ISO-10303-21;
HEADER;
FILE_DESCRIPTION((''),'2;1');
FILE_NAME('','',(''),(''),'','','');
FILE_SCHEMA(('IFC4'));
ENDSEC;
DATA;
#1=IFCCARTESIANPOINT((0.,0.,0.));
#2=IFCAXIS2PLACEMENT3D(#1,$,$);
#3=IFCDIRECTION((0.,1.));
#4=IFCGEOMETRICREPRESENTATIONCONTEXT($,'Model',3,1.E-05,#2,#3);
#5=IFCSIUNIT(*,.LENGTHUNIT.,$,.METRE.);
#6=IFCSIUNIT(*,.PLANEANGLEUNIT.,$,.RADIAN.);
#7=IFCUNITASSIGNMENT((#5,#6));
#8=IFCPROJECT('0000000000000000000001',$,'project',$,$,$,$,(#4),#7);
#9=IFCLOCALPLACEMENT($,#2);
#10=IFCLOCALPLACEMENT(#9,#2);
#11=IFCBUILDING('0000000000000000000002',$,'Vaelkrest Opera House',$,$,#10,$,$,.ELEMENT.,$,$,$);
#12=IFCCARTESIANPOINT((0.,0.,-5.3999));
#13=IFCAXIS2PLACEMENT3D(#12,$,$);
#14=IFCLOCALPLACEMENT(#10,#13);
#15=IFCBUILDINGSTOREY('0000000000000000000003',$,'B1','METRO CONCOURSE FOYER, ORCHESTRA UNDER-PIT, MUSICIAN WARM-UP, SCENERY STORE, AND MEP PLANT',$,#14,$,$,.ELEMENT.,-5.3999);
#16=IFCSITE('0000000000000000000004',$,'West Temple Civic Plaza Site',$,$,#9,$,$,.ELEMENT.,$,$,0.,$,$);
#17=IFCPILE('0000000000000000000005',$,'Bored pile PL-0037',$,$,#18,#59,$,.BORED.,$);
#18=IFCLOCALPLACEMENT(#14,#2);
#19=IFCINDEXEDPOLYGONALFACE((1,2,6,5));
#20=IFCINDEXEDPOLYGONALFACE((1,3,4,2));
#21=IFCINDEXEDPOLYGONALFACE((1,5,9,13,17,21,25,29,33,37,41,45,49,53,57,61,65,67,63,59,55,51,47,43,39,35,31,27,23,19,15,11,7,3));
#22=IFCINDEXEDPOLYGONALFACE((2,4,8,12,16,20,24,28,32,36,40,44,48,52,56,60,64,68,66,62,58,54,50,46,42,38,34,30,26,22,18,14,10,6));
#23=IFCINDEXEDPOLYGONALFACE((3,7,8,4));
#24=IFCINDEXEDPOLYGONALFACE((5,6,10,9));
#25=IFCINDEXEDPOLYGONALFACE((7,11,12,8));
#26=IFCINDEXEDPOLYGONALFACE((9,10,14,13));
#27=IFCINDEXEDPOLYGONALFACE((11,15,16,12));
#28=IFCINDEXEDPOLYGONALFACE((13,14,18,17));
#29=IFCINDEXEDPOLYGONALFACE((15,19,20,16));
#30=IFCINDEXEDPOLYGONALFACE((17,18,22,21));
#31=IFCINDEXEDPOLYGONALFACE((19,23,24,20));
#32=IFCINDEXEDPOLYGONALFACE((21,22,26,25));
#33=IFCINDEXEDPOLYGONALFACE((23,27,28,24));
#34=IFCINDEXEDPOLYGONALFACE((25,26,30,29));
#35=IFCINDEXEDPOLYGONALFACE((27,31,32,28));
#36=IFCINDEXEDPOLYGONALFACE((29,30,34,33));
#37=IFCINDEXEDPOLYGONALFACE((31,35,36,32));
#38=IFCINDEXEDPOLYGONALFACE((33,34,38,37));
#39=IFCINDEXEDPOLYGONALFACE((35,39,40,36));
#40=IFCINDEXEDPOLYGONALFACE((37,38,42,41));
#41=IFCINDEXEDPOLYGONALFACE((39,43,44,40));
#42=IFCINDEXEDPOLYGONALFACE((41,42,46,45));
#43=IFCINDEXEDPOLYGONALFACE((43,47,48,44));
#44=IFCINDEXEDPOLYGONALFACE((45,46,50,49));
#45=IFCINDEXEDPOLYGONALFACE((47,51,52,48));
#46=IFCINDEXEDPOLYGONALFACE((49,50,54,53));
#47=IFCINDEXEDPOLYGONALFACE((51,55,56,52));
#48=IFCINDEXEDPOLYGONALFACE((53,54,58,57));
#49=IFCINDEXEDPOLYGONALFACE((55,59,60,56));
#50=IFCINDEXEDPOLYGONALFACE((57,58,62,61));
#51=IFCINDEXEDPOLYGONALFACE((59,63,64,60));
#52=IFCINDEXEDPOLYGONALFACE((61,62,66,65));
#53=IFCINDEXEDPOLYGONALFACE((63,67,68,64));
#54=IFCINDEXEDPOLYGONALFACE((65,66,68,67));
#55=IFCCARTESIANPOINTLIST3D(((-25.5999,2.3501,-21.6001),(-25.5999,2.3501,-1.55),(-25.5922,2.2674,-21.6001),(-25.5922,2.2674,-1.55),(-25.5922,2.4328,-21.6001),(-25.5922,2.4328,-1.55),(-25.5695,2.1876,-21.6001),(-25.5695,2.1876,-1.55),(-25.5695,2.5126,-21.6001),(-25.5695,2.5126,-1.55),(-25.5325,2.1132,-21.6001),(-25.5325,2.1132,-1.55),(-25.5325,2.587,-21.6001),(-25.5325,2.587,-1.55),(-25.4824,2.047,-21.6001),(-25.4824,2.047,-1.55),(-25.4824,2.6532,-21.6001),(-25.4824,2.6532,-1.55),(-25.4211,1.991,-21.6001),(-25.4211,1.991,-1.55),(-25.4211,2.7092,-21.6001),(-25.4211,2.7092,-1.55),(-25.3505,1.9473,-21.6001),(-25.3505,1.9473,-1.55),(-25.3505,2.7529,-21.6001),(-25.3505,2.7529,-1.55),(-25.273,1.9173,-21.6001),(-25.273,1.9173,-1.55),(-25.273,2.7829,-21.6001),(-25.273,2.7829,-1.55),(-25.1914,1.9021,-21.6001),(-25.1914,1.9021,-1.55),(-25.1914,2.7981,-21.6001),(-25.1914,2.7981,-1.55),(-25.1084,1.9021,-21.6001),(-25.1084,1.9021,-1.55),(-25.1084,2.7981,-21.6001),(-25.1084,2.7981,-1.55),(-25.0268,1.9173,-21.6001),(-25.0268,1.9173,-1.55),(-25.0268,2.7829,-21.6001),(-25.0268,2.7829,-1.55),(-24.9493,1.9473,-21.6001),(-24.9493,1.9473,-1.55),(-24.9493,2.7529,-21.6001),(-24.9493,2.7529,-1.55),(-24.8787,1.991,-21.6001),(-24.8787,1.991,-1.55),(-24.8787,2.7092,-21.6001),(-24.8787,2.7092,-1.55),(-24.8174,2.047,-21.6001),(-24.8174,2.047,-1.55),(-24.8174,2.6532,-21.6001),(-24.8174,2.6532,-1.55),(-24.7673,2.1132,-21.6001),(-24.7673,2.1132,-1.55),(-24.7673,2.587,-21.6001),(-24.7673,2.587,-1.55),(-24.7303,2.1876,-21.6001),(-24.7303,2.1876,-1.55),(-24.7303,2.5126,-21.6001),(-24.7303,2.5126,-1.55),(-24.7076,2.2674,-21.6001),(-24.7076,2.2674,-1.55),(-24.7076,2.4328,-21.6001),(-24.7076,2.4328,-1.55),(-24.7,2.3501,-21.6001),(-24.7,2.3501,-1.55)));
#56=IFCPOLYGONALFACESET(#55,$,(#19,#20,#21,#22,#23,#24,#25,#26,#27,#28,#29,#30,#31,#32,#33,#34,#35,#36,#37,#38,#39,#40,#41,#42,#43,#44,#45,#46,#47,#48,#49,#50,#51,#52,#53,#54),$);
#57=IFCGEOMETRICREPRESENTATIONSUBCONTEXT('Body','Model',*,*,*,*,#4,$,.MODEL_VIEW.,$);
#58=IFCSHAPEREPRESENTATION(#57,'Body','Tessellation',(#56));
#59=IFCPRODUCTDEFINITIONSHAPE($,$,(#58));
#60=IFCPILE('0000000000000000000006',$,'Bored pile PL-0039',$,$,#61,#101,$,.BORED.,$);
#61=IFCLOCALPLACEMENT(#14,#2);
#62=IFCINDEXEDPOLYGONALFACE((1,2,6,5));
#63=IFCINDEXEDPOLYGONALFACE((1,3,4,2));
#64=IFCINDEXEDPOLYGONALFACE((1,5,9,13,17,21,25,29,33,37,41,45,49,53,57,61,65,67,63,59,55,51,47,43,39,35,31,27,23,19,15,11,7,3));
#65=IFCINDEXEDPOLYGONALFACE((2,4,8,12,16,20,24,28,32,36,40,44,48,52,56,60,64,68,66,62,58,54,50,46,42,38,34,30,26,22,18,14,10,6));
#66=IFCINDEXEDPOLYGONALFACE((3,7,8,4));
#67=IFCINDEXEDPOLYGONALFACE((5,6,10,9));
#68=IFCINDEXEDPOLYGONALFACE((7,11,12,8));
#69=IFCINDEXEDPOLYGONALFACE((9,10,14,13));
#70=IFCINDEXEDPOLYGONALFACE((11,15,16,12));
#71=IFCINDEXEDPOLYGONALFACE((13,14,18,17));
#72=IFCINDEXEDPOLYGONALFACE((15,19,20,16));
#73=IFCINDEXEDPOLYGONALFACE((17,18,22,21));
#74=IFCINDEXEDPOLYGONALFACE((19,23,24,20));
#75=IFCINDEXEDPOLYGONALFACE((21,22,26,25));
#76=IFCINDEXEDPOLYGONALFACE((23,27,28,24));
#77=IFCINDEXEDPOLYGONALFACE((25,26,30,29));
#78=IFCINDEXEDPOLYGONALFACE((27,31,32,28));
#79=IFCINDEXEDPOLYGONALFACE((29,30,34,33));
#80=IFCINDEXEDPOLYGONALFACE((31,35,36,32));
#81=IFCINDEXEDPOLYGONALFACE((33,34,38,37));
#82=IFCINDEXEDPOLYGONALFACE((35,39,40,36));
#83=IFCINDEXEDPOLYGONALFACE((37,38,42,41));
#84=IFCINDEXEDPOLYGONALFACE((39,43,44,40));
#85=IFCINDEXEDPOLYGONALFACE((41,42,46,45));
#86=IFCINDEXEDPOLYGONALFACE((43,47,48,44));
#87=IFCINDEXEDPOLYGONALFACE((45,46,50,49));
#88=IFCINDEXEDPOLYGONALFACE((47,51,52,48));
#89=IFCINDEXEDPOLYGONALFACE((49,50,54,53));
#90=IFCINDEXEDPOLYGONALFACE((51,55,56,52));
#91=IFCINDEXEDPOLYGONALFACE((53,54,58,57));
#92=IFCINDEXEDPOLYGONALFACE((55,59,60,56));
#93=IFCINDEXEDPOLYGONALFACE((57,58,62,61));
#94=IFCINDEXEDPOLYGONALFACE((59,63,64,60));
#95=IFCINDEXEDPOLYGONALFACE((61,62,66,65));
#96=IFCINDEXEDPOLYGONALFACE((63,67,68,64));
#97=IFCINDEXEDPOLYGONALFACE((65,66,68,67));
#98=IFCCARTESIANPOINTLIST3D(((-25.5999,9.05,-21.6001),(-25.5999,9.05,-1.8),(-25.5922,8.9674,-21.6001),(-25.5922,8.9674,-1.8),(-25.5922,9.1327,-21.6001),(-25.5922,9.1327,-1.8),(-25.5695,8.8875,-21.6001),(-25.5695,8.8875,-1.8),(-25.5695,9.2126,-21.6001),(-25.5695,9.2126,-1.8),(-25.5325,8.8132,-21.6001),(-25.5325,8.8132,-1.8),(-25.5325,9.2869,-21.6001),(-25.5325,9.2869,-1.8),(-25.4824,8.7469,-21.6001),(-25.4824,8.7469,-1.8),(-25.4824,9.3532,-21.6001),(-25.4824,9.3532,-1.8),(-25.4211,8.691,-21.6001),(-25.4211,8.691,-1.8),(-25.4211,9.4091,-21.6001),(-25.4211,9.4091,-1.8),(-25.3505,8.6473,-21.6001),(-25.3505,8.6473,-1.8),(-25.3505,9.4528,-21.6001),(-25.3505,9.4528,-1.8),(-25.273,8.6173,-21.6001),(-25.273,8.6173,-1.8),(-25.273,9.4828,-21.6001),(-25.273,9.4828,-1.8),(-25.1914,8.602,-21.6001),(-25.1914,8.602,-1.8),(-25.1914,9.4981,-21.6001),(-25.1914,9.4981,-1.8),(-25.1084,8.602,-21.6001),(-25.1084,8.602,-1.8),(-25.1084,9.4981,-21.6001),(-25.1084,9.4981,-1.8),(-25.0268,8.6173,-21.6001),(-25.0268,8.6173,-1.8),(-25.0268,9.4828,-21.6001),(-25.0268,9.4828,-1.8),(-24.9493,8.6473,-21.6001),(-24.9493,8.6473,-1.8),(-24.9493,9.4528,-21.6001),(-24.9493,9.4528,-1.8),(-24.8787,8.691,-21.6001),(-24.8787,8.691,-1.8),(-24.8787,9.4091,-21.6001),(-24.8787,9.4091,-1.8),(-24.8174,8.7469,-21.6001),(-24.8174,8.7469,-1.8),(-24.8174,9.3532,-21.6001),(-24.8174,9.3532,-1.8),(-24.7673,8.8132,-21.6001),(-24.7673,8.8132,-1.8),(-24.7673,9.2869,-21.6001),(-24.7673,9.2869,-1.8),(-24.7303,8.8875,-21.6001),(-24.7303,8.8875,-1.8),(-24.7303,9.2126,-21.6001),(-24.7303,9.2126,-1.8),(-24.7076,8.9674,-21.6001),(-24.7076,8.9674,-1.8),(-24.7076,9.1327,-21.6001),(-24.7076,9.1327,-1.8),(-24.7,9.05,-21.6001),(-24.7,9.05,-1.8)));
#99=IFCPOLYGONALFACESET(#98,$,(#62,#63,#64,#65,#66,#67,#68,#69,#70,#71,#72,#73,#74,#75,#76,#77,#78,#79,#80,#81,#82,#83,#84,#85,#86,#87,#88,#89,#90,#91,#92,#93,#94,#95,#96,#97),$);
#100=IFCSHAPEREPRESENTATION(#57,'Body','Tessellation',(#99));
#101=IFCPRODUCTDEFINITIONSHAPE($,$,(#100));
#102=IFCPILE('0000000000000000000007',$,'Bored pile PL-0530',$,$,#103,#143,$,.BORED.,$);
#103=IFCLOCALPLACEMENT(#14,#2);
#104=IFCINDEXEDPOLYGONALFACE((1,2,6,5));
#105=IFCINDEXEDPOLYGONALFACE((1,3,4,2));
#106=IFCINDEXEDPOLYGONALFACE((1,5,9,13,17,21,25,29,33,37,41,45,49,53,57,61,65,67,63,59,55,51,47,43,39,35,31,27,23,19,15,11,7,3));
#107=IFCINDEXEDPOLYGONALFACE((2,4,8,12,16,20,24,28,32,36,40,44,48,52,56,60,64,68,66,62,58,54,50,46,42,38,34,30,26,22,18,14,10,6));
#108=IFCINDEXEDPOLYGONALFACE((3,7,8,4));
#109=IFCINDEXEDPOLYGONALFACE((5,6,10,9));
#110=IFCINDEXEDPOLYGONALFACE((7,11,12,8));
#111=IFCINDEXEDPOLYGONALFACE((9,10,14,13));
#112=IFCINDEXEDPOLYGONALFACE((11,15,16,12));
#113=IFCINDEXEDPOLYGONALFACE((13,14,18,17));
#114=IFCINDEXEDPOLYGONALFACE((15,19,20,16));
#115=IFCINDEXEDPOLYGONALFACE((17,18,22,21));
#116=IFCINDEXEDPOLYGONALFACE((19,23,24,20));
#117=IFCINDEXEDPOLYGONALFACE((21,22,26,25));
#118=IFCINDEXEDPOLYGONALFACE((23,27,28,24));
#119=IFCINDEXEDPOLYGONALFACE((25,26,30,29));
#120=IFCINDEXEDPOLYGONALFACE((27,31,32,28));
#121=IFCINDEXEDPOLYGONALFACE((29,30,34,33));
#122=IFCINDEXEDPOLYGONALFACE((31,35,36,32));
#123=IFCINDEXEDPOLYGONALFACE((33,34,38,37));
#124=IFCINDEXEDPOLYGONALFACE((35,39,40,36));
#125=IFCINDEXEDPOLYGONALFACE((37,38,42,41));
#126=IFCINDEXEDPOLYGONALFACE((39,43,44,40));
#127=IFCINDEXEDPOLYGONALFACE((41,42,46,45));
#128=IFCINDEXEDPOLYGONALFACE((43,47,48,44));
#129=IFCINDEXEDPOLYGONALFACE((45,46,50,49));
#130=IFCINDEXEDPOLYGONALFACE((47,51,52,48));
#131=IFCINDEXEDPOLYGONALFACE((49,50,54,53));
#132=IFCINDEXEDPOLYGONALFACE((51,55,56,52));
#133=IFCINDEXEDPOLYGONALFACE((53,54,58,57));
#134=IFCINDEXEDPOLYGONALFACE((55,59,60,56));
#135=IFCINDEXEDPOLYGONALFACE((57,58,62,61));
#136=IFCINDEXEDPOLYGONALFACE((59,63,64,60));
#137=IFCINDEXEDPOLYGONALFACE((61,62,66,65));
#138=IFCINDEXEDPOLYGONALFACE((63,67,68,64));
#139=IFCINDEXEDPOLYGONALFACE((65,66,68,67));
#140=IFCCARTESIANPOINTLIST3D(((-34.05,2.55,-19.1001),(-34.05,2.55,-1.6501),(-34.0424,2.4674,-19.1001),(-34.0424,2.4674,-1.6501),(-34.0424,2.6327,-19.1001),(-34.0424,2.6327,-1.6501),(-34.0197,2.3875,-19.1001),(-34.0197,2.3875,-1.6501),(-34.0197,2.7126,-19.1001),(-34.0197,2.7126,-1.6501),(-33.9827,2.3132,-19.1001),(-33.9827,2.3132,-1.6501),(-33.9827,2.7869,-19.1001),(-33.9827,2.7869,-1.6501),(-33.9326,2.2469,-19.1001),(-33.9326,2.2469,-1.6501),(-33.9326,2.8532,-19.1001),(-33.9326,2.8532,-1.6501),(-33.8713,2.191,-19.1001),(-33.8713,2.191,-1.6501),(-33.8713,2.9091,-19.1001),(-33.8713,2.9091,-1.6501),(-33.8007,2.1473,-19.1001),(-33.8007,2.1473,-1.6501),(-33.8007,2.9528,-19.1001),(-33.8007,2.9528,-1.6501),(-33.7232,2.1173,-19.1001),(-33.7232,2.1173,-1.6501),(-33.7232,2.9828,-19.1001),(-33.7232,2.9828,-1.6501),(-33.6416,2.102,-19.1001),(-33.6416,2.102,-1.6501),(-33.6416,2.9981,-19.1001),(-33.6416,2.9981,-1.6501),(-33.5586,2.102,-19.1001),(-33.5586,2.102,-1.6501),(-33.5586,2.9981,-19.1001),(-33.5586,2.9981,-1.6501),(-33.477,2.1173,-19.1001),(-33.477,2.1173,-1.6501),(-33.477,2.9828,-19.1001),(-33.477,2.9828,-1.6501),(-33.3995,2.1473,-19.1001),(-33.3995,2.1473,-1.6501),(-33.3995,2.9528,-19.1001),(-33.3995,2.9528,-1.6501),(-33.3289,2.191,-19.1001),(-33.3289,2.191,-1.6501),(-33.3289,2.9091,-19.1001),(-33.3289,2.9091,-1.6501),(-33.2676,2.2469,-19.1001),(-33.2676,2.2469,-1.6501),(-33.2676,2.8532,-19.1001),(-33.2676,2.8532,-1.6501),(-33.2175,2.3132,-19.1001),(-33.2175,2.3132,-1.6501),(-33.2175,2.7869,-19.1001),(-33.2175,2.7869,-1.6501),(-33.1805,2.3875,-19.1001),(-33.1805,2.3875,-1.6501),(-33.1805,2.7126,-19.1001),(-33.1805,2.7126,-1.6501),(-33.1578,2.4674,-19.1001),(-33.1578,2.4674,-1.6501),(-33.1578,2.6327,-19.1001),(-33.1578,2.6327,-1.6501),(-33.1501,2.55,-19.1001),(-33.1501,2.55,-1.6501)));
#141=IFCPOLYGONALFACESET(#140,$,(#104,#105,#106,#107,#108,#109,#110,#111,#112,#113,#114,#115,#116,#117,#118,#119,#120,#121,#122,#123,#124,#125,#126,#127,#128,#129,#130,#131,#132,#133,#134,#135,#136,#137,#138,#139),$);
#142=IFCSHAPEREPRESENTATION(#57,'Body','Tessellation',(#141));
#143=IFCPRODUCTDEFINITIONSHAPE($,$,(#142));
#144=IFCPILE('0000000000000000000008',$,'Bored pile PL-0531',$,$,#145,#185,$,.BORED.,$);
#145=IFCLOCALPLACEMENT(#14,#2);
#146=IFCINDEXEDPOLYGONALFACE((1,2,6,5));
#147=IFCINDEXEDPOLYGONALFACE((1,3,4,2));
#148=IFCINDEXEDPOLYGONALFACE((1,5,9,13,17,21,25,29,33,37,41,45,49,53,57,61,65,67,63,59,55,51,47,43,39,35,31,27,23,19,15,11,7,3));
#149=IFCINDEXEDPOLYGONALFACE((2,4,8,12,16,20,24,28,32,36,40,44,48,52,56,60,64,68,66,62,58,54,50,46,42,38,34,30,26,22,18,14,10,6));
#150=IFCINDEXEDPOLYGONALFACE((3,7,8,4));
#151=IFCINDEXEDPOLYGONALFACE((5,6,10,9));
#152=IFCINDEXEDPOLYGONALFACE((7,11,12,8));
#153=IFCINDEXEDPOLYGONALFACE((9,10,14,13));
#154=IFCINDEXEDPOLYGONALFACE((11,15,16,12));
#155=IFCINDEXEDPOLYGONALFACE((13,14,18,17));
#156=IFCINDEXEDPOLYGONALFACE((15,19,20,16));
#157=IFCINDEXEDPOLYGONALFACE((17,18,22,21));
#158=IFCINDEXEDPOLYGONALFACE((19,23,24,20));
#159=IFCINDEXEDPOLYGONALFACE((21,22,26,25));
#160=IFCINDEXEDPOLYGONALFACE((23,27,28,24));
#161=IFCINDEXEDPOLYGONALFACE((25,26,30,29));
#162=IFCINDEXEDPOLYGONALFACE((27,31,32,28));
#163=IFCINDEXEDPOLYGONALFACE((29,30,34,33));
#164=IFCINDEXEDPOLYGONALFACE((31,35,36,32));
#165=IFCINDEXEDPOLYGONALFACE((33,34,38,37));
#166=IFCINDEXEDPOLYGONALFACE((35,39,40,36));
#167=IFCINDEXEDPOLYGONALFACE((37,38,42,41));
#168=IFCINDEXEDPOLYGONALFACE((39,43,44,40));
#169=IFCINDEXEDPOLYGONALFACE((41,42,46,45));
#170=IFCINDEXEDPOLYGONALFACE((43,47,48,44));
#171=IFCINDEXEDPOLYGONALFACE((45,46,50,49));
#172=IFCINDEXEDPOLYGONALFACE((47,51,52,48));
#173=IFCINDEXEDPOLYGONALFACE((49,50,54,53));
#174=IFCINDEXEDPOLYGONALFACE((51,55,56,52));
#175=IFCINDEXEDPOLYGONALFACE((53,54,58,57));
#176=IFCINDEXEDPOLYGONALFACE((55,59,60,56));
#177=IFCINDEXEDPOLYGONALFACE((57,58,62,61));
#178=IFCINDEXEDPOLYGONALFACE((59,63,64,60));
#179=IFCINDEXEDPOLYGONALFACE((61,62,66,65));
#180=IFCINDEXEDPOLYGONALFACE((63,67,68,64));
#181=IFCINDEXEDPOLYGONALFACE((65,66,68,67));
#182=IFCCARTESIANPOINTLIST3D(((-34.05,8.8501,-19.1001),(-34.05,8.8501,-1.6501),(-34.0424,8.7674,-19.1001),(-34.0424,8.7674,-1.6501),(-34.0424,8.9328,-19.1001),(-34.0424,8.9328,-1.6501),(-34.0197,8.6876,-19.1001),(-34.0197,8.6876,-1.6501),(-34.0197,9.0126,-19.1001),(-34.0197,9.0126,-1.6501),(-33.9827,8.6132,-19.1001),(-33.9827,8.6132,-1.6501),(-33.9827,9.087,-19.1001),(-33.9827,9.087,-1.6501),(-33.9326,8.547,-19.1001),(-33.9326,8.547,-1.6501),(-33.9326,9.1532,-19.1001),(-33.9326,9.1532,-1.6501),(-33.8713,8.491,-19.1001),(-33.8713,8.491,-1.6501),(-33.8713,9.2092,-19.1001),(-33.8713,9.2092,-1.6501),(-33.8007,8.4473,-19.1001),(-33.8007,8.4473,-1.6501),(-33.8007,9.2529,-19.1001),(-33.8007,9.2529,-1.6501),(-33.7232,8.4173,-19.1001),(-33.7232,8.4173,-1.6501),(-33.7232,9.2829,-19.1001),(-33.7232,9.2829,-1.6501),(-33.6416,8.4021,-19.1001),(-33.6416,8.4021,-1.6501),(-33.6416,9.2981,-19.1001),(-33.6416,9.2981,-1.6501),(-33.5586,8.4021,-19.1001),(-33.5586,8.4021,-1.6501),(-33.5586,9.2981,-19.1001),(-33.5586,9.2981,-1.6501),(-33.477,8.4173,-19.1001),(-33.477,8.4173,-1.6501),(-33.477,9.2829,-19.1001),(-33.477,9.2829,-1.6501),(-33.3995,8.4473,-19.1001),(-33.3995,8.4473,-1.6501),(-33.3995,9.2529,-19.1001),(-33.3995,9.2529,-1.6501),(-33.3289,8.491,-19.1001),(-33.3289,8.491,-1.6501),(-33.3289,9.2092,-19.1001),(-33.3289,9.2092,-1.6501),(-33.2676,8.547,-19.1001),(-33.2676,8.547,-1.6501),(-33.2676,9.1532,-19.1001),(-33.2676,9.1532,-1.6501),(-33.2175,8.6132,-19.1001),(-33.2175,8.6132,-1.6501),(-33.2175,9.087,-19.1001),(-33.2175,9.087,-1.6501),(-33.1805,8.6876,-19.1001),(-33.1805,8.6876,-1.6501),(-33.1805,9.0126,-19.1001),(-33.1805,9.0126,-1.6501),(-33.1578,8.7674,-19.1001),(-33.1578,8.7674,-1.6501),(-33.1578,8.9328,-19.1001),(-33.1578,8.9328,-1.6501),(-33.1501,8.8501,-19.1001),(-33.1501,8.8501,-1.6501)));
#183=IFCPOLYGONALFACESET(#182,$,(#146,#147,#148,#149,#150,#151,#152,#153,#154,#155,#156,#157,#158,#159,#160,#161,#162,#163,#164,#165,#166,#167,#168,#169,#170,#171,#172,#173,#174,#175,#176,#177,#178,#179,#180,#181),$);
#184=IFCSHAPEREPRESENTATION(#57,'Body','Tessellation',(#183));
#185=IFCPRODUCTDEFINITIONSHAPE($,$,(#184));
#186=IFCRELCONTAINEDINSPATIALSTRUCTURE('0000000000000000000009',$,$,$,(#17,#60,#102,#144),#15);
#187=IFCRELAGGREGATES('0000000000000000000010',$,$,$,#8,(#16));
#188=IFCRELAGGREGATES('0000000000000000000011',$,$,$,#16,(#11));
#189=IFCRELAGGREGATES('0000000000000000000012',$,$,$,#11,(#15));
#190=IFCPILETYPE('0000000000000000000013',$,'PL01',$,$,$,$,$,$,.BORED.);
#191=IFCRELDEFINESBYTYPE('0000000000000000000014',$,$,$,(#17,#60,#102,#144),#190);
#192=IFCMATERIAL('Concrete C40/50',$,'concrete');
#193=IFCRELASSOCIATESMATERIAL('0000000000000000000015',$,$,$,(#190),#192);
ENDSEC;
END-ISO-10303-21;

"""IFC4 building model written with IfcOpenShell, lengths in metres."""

from ifc_helpers import new_model, si_unit, direction, frame, origin, origin_2d, place, context, subcontext, project, spatial, circle, extrude, material, material_profile, profile_set, type_object, element, save


model = new_model("IFC4")

# Units and contexts
model_context = context("Model", 3, precision=1e-05, world=origin(), true_north=direction((0.0, 1.0)))
body_context = subcontext(model_context, "Body", "Model", "MODEL_VIEW")
ifc_project = project(units=[si_unit("LENGTHUNIT", "METRE"), si_unit("PLANEANGLEUNIT", "RADIAN")], contexts=[model_context])

# Site, building, storey
site_placement = place(None, origin())
site = spatial("IfcSite", under=ifc_project, at=site_placement, Name="West Temple Civic Plaza Site", CompositionType="ELEMENT", RefElevation=0.0)
building_placement = place(site_placement, origin())
building = spatial("IfcBuilding", under=site, at=building_placement, Name="Vaelkrest Opera House", CompositionType="ELEMENT")
storey_placement = place(building_placement, frame((0.0, 0.0, -5.3999)))
storey = spatial("IfcBuildingStorey", under=building, at=storey_placement, Name="B1", Description="METRO CONCOURSE FOYER, ORCHESTRA UNDER-PIT, MUSICIAN WARM-UP, SCENERY STORE, AND MEP PLANT", CompositionType="ELEMENT", Elevation=-5.3999)

# Shared definitions
ifc_material_1 = material(Name="Concrete C40/50", Category="concrete")

# Piles
ifc_material_profile_1 = material_profile(ifc_material_1, circle(Radius=0.45, at=origin_2d()), Name="PILE900")
ifc_profile_set_1 = profile_set([ifc_material_profile_1], Name="Concrete C40/50")
pile_type_1 = type_object("IfcPileType", Name="PL01", PredefinedType="BORED", material=ifc_profile_set_1)
pile_1_placement = place(storey_placement, frame((-25.1499, 2.3501, -1.55), z_axis=(0.0, 0.0, -1.0), x_axis=(1.0, 0.0, 0.0)))
element("IfcPile", 1, at=pile_1_placement, inside=storey, type_object=pile_type_1, Name="Bored pile PL-0037", PredefinedType="BORED", context=body_context, shape_type="SweptSolid", body=[
    extrude(circle(Radius=0.45, at=origin_2d()), origin(), (0.0, 0.0, 1.0), 20.05),
])
pile_2_placement = place(storey_placement, frame((-25.1499, 9.05, -1.8), z_axis=(0.0, 0.0, -1.0), x_axis=(1.0, 0.0, 0.0)))
element("IfcPile", 2, at=pile_2_placement, inside=storey, type_object=pile_type_1, Name="Bored pile PL-0039", PredefinedType="BORED", context=body_context, shape_type="SweptSolid", body=[
    extrude(circle(Radius=0.45, at=origin_2d()), origin(), (0.0, 0.0, 1.0), 19.8),
])
for number, where, z_axis, x_axis, name in (
    (3, (-33.6001, 2.55, -1.6501), (0.0, 0.0, -1.0), (1.0, 0.0, 0.0), "Bored pile PL-0530"),
    (4, (-33.6001, 8.8501, -1.6501), (0.0, 0.0, -1.0), (1.0, 0.0, 0.0), "Bored pile PL-0531"),
):
    element("IfcPile", number, at=place(storey_placement, frame(where, z_axis=z_axis, x_axis=x_axis)), inside=storey, type_object=pile_type_1, Name=name, PredefinedType="BORED", context=body_context, shape_type="SweptSolid", body=[
        extrude(circle(Radius=0.45, at=origin_2d()), origin(), (0.0, 0.0, 1.0), 17.45),
    ])

save(model, "model.ifc")
